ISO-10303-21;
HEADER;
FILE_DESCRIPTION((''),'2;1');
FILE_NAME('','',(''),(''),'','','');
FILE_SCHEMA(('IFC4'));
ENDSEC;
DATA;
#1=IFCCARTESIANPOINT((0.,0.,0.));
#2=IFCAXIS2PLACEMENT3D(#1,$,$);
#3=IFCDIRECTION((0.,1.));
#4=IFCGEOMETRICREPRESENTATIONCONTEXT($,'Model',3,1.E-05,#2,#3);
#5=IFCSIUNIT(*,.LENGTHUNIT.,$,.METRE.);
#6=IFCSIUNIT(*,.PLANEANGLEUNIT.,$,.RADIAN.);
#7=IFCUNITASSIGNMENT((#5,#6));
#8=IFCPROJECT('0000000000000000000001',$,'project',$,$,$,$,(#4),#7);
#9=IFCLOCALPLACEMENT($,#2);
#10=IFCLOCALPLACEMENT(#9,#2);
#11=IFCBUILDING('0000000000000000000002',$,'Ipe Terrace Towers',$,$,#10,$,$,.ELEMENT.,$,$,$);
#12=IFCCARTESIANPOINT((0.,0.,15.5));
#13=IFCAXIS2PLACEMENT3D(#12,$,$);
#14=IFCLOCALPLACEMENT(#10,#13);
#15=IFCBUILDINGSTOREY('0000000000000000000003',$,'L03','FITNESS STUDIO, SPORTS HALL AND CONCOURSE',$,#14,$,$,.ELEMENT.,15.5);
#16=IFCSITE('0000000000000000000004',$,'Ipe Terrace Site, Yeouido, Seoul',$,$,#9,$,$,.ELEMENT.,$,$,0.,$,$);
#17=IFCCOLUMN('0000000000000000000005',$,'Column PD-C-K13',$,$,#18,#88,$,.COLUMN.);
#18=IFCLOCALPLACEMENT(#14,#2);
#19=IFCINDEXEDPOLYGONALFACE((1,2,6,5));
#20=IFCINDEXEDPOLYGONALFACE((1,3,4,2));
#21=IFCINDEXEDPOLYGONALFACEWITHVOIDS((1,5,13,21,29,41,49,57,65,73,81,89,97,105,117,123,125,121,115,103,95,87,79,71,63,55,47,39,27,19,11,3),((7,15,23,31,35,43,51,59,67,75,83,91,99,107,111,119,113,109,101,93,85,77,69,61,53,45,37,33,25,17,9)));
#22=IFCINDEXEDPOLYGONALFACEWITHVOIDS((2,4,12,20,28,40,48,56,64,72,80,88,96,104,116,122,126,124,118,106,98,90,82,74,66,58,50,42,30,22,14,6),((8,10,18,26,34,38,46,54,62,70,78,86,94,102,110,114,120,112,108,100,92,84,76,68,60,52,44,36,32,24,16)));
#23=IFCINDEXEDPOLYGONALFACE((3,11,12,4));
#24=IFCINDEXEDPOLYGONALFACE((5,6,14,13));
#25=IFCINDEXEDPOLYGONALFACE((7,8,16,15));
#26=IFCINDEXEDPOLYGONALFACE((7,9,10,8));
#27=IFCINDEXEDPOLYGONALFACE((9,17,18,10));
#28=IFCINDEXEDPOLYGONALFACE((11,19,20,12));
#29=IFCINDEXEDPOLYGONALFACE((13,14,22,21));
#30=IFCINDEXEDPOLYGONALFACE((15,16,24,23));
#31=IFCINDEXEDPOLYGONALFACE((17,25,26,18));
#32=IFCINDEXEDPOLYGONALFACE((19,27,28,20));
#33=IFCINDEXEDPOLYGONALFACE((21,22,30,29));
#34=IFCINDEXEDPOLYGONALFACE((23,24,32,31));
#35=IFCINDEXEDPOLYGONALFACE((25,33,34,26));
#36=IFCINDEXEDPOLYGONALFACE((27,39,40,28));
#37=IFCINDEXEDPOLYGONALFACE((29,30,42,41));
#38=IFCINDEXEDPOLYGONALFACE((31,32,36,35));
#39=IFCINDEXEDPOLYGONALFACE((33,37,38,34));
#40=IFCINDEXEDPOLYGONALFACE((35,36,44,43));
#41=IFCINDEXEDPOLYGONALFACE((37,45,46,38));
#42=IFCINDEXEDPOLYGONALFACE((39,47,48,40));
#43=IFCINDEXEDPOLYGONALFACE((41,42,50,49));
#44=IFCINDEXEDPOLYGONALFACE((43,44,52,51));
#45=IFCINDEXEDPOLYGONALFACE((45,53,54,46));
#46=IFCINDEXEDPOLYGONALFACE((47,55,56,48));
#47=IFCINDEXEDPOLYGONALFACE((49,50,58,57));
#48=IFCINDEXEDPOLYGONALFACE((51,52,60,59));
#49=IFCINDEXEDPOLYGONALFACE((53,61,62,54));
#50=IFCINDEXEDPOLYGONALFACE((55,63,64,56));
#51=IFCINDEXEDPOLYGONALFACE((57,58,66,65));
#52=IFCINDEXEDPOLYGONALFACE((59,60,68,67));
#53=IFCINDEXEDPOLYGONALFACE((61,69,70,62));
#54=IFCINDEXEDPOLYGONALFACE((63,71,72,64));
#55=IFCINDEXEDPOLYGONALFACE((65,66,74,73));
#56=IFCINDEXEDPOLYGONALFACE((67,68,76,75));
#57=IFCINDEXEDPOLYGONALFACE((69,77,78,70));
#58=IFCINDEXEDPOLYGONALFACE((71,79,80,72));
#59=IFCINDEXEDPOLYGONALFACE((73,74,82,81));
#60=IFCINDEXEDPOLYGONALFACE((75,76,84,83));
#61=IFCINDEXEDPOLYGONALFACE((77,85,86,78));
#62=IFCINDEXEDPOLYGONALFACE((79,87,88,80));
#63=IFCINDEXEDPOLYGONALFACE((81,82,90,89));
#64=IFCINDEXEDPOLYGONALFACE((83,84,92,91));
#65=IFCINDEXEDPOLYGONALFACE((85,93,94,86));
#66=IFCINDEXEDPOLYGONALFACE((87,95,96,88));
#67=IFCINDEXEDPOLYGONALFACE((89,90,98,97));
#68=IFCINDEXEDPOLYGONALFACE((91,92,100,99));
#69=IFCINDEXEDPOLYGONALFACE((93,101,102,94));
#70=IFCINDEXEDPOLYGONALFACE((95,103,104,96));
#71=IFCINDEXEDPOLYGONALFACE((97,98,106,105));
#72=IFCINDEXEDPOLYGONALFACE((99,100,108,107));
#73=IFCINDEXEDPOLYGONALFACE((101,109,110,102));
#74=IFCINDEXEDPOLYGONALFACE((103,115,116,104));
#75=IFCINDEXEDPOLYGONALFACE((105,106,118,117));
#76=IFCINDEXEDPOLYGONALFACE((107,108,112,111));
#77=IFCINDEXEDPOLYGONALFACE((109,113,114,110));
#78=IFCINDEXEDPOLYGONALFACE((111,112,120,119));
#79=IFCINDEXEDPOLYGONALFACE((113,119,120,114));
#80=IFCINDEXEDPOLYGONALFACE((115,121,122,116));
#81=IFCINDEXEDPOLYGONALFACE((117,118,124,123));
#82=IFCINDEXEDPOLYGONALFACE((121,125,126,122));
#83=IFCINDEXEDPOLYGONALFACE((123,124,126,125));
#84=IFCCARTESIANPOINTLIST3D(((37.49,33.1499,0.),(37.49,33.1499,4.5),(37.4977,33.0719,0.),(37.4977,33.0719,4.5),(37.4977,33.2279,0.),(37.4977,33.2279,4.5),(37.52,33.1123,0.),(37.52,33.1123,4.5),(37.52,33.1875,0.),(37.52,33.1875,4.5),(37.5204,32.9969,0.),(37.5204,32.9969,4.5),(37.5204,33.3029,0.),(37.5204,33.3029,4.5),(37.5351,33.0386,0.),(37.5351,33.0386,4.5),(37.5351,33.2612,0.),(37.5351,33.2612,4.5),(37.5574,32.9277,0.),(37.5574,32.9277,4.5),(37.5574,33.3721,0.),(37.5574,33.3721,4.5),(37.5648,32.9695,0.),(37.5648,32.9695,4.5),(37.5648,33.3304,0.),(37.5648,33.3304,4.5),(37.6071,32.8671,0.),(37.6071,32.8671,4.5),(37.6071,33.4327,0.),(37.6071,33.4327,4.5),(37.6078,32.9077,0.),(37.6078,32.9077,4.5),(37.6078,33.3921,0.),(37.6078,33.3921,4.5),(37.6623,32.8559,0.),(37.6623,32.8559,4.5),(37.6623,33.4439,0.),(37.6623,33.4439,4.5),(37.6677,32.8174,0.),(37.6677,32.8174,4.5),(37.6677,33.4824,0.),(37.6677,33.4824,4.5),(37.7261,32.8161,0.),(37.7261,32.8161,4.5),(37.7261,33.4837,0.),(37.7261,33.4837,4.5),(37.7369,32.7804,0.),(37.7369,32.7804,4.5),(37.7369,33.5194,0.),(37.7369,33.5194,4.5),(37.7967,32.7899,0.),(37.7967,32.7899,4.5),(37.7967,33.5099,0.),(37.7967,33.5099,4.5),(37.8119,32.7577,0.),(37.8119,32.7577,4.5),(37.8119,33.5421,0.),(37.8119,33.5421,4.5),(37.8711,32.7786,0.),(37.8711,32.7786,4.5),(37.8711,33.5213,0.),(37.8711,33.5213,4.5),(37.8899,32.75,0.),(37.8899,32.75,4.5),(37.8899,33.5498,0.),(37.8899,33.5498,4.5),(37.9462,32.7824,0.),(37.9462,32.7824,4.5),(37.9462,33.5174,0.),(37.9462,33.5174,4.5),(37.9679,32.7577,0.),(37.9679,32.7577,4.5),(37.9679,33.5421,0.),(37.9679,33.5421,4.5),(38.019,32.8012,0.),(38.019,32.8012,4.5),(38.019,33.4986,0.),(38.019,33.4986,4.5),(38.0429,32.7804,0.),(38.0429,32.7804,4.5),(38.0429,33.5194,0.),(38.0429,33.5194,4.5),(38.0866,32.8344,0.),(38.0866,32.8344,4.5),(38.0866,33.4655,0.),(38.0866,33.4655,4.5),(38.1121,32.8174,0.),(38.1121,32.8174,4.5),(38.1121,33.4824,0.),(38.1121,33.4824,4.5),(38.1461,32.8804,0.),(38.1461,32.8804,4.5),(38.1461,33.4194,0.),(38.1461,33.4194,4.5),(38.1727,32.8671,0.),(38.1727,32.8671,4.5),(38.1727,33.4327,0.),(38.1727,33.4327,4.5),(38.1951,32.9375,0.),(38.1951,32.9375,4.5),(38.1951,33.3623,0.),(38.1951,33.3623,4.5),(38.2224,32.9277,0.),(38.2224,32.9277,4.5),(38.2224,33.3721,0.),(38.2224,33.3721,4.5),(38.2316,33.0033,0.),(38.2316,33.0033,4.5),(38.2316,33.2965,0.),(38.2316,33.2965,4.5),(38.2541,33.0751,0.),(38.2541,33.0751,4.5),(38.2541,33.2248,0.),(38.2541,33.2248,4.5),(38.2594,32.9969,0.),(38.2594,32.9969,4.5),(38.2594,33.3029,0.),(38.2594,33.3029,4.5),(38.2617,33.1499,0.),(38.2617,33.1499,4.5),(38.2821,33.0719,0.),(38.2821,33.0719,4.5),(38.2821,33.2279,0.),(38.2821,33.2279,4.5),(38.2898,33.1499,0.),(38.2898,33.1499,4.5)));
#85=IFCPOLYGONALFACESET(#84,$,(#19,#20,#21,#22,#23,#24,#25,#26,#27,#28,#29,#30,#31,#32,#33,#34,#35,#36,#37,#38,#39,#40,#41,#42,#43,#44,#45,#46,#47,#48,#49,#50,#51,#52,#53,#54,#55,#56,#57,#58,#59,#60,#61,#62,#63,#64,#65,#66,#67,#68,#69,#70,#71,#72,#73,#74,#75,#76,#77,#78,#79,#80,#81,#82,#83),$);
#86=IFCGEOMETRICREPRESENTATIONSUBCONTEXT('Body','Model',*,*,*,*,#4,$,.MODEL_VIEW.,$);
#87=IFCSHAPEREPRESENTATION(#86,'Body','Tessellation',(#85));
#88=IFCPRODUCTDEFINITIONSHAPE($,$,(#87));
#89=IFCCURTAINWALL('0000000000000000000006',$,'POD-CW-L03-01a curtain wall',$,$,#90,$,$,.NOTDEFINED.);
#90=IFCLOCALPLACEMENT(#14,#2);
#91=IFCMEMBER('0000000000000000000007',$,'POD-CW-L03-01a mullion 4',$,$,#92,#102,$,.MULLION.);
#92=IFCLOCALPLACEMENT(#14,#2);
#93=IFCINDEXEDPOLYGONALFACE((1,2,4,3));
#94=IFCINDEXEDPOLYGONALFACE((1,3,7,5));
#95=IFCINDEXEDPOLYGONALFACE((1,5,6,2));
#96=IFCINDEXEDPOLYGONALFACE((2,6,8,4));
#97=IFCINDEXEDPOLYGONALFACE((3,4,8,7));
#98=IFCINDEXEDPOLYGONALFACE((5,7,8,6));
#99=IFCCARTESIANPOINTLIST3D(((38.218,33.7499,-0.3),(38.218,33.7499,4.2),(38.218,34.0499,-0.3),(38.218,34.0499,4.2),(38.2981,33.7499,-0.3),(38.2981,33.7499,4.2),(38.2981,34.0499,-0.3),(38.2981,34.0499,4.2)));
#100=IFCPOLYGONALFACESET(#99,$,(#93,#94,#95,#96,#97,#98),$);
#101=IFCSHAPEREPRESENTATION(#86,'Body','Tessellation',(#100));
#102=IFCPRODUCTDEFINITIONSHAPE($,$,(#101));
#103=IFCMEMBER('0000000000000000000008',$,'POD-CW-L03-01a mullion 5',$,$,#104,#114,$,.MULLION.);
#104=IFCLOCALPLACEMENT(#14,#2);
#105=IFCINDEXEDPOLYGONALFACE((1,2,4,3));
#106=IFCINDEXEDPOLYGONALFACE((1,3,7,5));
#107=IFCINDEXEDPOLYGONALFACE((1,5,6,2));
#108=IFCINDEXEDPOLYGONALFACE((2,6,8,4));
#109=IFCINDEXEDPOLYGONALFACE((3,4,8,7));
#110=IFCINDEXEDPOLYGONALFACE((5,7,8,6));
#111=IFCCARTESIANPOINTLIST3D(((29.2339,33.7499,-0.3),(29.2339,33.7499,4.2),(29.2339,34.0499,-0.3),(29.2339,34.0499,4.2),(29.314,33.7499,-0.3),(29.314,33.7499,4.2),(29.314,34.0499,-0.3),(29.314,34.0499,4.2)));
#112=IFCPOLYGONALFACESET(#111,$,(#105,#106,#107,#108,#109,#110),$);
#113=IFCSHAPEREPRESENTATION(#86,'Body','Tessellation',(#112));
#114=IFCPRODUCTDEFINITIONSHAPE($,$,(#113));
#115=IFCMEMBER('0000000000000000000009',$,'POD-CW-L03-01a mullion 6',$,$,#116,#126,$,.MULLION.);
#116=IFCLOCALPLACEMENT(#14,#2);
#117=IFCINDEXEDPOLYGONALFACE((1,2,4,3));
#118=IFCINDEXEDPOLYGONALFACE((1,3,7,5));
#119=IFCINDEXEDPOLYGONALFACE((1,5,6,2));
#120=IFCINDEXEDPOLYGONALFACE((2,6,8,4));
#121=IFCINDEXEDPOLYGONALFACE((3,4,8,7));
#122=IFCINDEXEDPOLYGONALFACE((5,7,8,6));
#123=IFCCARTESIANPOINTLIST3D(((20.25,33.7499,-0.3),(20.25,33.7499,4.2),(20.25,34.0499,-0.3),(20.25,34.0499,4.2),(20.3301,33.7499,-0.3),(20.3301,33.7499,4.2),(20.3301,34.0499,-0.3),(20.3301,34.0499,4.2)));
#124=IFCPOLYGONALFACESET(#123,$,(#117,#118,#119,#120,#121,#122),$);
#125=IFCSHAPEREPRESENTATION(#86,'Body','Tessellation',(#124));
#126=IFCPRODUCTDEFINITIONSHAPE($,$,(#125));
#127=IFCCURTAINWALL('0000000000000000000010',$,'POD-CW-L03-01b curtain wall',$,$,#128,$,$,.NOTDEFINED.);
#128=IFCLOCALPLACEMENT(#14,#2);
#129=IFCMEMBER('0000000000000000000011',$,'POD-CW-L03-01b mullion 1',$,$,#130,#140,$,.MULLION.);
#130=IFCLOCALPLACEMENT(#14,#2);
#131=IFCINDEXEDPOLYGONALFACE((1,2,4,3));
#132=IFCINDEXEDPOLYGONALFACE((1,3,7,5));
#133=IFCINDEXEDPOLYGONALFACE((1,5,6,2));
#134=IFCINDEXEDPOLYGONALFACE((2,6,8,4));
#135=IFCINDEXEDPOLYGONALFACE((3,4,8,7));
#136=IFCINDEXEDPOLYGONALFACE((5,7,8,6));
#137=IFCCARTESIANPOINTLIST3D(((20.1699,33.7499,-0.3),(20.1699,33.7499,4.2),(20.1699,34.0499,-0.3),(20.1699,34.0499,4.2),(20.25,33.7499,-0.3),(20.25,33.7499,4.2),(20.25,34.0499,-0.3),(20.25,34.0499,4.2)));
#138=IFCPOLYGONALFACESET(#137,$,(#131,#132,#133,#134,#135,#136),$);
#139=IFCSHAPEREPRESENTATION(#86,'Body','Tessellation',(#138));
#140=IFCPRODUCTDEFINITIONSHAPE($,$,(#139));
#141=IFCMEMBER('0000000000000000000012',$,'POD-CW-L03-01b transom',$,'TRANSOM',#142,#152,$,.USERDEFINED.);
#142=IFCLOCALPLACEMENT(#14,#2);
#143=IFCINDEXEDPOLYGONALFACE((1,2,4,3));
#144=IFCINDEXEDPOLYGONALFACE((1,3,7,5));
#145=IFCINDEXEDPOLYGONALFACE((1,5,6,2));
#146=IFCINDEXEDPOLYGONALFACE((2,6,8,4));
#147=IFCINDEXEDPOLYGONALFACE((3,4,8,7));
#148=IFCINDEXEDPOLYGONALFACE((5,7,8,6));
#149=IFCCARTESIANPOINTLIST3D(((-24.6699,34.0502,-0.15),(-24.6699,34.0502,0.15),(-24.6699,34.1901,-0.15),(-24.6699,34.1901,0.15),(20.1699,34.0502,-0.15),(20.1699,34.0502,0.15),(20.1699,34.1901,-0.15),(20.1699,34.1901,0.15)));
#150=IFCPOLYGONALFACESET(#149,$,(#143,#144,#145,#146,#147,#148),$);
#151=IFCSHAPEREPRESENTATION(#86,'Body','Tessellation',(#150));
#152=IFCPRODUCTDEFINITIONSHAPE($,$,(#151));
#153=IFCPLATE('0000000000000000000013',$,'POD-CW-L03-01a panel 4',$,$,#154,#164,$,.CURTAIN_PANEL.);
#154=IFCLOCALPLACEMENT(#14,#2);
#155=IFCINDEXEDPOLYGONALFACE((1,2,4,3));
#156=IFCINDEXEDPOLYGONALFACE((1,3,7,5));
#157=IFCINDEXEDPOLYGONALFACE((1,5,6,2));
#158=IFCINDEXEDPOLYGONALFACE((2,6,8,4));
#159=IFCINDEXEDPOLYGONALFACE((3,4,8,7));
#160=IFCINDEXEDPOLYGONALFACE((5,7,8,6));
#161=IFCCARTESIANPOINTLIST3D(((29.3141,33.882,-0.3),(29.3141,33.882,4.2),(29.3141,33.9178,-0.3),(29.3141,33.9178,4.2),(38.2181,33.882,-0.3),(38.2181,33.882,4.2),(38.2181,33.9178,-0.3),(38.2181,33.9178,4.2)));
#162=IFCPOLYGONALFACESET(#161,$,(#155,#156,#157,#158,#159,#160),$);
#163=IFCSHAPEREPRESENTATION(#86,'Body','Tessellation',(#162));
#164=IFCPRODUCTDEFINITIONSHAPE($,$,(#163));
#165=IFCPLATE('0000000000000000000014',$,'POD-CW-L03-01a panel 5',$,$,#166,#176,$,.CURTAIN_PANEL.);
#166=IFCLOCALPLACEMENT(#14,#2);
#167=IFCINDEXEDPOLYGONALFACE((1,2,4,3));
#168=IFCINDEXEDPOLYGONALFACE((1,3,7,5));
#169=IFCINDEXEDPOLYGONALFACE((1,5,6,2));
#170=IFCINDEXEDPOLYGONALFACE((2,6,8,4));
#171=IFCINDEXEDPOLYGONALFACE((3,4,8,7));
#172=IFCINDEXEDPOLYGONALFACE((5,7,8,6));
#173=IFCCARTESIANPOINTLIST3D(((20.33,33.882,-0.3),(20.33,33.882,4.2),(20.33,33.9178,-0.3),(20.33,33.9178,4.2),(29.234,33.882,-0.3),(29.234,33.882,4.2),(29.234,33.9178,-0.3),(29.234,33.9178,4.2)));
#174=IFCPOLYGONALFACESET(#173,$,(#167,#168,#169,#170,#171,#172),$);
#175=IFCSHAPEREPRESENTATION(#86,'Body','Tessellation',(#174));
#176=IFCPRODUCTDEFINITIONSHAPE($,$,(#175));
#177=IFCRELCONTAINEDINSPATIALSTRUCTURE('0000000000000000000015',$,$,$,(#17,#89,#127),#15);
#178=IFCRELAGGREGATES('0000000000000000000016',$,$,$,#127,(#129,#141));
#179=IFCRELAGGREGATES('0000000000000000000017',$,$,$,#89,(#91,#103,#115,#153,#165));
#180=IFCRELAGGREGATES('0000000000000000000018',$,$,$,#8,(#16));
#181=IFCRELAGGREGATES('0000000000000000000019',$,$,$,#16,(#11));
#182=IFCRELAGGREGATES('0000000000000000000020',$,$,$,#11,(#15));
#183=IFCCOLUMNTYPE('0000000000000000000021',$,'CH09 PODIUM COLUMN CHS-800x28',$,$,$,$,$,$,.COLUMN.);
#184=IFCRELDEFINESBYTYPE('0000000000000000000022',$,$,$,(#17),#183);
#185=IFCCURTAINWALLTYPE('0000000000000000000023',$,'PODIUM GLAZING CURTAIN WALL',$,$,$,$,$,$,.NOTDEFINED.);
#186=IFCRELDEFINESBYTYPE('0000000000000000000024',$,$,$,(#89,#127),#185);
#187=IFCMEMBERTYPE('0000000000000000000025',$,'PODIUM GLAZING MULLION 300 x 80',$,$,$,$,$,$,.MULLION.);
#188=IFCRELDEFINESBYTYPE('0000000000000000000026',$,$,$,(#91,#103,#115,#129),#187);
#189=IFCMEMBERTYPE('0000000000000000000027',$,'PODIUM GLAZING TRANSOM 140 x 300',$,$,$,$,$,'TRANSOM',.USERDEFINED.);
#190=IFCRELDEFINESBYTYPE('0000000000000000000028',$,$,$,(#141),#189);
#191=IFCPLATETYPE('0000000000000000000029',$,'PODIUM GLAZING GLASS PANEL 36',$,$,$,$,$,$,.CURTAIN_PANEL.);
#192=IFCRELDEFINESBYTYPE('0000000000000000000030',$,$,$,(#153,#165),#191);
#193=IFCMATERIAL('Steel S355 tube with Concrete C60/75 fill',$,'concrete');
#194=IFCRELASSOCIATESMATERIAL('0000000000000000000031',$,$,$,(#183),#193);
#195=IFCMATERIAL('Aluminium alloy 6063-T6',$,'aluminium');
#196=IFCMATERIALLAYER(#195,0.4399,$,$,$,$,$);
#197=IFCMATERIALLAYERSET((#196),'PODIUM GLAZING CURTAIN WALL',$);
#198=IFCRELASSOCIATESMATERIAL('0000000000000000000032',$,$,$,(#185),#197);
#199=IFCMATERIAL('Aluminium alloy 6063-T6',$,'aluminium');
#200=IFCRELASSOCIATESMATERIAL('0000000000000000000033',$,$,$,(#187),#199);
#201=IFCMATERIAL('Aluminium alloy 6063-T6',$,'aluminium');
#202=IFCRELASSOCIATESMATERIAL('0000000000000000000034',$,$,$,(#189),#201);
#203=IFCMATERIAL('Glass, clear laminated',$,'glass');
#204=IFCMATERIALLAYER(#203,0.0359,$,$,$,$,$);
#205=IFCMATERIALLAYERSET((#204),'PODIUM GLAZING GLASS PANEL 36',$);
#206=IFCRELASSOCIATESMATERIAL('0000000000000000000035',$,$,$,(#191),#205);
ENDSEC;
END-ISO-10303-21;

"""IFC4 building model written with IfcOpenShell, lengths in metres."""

from ifc_helpers import new_model, si_unit, direction, frame, origin, origin_2d, place, context, subcontext, project, spatial, rectangle, hollow_circle, extrude, material, layer, layer_set, material_profile, profile_set, type_object, element, aggregate, save


model = new_model("IFC4")

# Units and contexts
model_context = context("Model", 3, precision=1e-05, world=origin(), true_north=direction((0.0, 1.0)))
body_context = subcontext(model_context, "Body", "Model", "MODEL_VIEW")
ifc_project = project(units=[si_unit("LENGTHUNIT", "METRE"), si_unit("PLANEANGLEUNIT", "RADIAN")], contexts=[model_context])

# Site, building, storey
site_placement = place(None, origin())
site = spatial("IfcSite", under=ifc_project, at=site_placement, Name="Ipe Terrace Site, Yeouido, Seoul", CompositionType="ELEMENT", RefElevation=0.0)
building_placement = place(site_placement, origin())
building = spatial("IfcBuilding", under=site, at=building_placement, Name="Ipe Terrace Towers", CompositionType="ELEMENT")
storey_placement = place(building_placement, frame((0.0, 0.0, 15.5)))
storey = spatial("IfcBuildingStorey", under=building, at=storey_placement, Name="L03", Description="FITNESS STUDIO, SPORTS HALL AND CONCOURSE", CompositionType="ELEMENT", Elevation=15.5)

# Column
ifc_material_1 = material(Name="Steel S355 tube with Concrete C60/75 fill", Category="concrete")
ifc_material_profile_1 = material_profile(ifc_material_1, hollow_circle(Radius=0.3999, WallThickness=0.0281, at=origin_2d()), Name="CHS-800x28")
ifc_profile_set_1 = profile_set([ifc_material_profile_1], Name="Steel S355 tube with Concrete C60/75 fill")
column_type = type_object("IfcColumnType", Name="CH09 PODIUM COLUMN CHS-800x28", PredefinedType="COLUMN", material=ifc_profile_set_1)
for number, where, z_axis, x_axis, name in (
    (1, (37.8899, 33.1499, 0.0), (0.0, 0.0, 1.0), (1.0, 0.0, 0.0), "Column PD-C-K13"),
):
    element("IfcColumn", number, at=place(storey_placement, frame(where, z_axis=z_axis, x_axis=x_axis)), inside=storey, type_object=column_type, Name=name, PredefinedType="COLUMN", context=body_context, shape_type="SweptSolid", body=[
        extrude(hollow_circle(Radius=0.3999, WallThickness=0.0281, at=origin_2d()), origin(), (0.0, 0.0, 1.0), 4.5),
    ])

# Curtain walls, members
ifc_material_2 = material(Name="Aluminium alloy 6063-T6", Category="aluminium")
ifc_layer_1 = layer(ifc_material_2, 0.4399)
ifc_layer_set_1 = layer_set([ifc_layer_1], Name="PODIUM GLAZING CURTAIN WALL")
curtain_wall_type = type_object("IfcCurtainWallType", Name="PODIUM GLAZING CURTAIN WALL", PredefinedType="NOTDEFINED", material=ifc_layer_set_1)
curtain_wall_1_placement = place(storey_placement, origin())
curtain_wall_1 = element("IfcCurtainWall", 2, at=curtain_wall_1_placement, inside=storey, type_object=curtain_wall_type, Name="POD-CW-L03-01a curtain wall", PredefinedType="NOTDEFINED")
ifc_material_3 = material(Name="Aluminium alloy 6063-T6", Category="aluminium")
ifc_material_profile_2 = material_profile(ifc_material_3, rectangle(XDim=0.3, YDim=0.0801, at=origin_2d()), Name="PODIUM GLAZING MULLION 300 x 80")
ifc_profile_set_2 = profile_set([ifc_material_profile_2], Name="Aluminium alloy 6063-T6")
member_type_1 = type_object("IfcMemberType", Name="PODIUM GLAZING MULLION 300 x 80", PredefinedType="MULLION", material=ifc_profile_set_2)
member_1_placement = place(storey_placement, frame((38.2581, 33.8999, -0.3), z_axis=(0.0, 0.0, 1.0), x_axis=(0.0, 1.0, 0.0)))
member_1 = element("IfcMember", 3, at=member_1_placement, type_object=member_type_1, Name="POD-CW-L03-01a mullion 4", PredefinedType="MULLION", context=body_context, shape_type="SweptSolid", body=[
    extrude(rectangle(XDim=0.3, YDim=0.0801, at=origin_2d()), origin(), (0.0, 0.0, 1.0), 4.5),
])
member_2_placement = place(storey_placement, frame((29.2739, 33.8999, -0.3), z_axis=(0.0, 0.0, 1.0), x_axis=(0.0, 1.0, 0.0)))
member_2 = element("IfcMember", 4, at=member_2_placement, type_object=member_type_1, Name="POD-CW-L03-01a mullion 5", PredefinedType="MULLION", context=body_context, shape_type="SweptSolid", body=[
    extrude(rectangle(XDim=0.3, YDim=0.0801, at=origin_2d()), origin(), (0.0, 0.0, 1.0), 4.5),
])
member_3_placement = place(storey_placement, frame((20.29, 33.8999, -0.3), z_axis=(0.0, 0.0, 1.0), x_axis=(0.0, 1.0, 0.0)))
member_3 = element("IfcMember", 5, at=member_3_placement, type_object=member_type_1, Name="POD-CW-L03-01a mullion 6", PredefinedType="MULLION", context=body_context, shape_type="SweptSolid", body=[
    extrude(rectangle(XDim=0.3, YDim=0.0801, at=origin_2d()), origin(), (0.0, 0.0, 1.0), 4.5),
])
curtain_wall_2_placement = place(storey_placement, origin())
curtain_wall_2 = element("IfcCurtainWall", 6, at=curtain_wall_2_placement, inside=storey, type_object=curtain_wall_type, Name="POD-CW-L03-01b curtain wall", PredefinedType="NOTDEFINED")
member_4_placement = place(storey_placement, frame((20.21, 33.8999, -0.3), z_axis=(0.0, 0.0, 1.0), x_axis=(0.0, 1.0, 0.0)))
member_4 = element("IfcMember", 7, at=member_4_placement, type_object=member_type_1, Name="POD-CW-L03-01b mullion 1", PredefinedType="MULLION", context=body_context, shape_type="SweptSolid", body=[
    extrude(rectangle(XDim=0.3, YDim=0.0801, at=origin_2d()), origin(), (0.0, 0.0, 1.0), 4.5),
])
ifc_material_4 = material(Name="Aluminium alloy 6063-T6", Category="aluminium")
ifc_material_profile_3 = material_profile(ifc_material_4, rectangle(XDim=0.1399, YDim=0.3, at=origin_2d()), Name="PODIUM GLAZING TRANSOM 140 x 300")
ifc_profile_set_3 = profile_set([ifc_material_profile_3], Name="Aluminium alloy 6063-T6")
member_type_2 = type_object("IfcMemberType", Name="PODIUM GLAZING TRANSOM 140 x 300", ElementType="TRANSOM", PredefinedType="USERDEFINED", material=ifc_profile_set_3)
member_5_placement = place(storey_placement, frame((20.1699, 34.1201, 0.0), z_axis=(-1.0, 0.0, 0.0), x_axis=(0.0, 1.0, 0.0)))
member_5 = element("IfcMember", 8, at=member_5_placement, type_object=member_type_2, Name="POD-CW-L03-01b transom", ObjectType="TRANSOM", PredefinedType="USERDEFINED", context=body_context, shape_type="SweptSolid", body=[
    extrude(rectangle(XDim=0.1399, YDim=0.3, at=origin_2d()), origin(), (0.0, 0.0, 1.0), 44.8398),
])
aggregate(curtain_wall_2, [member_4, member_5])

# Plates
ifc_material_5 = material(Name="Glass, clear laminated", Category="glass")
ifc_layer_2 = layer(ifc_material_5, 0.0359)
ifc_layer_set_2 = layer_set([ifc_layer_2], Name="PODIUM GLAZING GLASS PANEL 36")
plate_type = type_object("IfcPlateType", Name="PODIUM GLAZING GLASS PANEL 36", PredefinedType="CURTAIN_PANEL", material=ifc_layer_set_2)
plate_1_placement = place(storey_placement, frame((33.7661, 33.8999, -0.3), z_axis=(0.0, 0.0, 1.0), x_axis=(-1.0, 0.0, 0.0)))
plate_1 = element("IfcPlate", 9, at=plate_1_placement, type_object=plate_type, Name="POD-CW-L03-01a panel 4", PredefinedType="CURTAIN_PANEL", context=body_context, shape_type="SweptSolid", body=[
    extrude(rectangle(XDim=8.9041, YDim=0.0359, at=origin_2d()), origin(), (0.0, 0.0, 1.0), 4.5),
])
plate_2_placement = place(storey_placement, frame((24.782, 33.8999, -0.3), z_axis=(0.0, 0.0, 1.0), x_axis=(-1.0, 0.0, 0.0)))
plate_2 = element("IfcPlate", 10, at=plate_2_placement, type_object=plate_type, Name="POD-CW-L03-01a panel 5", PredefinedType="CURTAIN_PANEL", context=body_context, shape_type="SweptSolid", body=[
    extrude(rectangle(XDim=8.9041, YDim=0.0359, at=origin_2d()), origin(), (0.0, 0.0, 1.0), 4.5),
])
aggregate(curtain_wall_1, [member_1, member_2, member_3, plate_1, plate_2])

save(model, "model.ifc")
